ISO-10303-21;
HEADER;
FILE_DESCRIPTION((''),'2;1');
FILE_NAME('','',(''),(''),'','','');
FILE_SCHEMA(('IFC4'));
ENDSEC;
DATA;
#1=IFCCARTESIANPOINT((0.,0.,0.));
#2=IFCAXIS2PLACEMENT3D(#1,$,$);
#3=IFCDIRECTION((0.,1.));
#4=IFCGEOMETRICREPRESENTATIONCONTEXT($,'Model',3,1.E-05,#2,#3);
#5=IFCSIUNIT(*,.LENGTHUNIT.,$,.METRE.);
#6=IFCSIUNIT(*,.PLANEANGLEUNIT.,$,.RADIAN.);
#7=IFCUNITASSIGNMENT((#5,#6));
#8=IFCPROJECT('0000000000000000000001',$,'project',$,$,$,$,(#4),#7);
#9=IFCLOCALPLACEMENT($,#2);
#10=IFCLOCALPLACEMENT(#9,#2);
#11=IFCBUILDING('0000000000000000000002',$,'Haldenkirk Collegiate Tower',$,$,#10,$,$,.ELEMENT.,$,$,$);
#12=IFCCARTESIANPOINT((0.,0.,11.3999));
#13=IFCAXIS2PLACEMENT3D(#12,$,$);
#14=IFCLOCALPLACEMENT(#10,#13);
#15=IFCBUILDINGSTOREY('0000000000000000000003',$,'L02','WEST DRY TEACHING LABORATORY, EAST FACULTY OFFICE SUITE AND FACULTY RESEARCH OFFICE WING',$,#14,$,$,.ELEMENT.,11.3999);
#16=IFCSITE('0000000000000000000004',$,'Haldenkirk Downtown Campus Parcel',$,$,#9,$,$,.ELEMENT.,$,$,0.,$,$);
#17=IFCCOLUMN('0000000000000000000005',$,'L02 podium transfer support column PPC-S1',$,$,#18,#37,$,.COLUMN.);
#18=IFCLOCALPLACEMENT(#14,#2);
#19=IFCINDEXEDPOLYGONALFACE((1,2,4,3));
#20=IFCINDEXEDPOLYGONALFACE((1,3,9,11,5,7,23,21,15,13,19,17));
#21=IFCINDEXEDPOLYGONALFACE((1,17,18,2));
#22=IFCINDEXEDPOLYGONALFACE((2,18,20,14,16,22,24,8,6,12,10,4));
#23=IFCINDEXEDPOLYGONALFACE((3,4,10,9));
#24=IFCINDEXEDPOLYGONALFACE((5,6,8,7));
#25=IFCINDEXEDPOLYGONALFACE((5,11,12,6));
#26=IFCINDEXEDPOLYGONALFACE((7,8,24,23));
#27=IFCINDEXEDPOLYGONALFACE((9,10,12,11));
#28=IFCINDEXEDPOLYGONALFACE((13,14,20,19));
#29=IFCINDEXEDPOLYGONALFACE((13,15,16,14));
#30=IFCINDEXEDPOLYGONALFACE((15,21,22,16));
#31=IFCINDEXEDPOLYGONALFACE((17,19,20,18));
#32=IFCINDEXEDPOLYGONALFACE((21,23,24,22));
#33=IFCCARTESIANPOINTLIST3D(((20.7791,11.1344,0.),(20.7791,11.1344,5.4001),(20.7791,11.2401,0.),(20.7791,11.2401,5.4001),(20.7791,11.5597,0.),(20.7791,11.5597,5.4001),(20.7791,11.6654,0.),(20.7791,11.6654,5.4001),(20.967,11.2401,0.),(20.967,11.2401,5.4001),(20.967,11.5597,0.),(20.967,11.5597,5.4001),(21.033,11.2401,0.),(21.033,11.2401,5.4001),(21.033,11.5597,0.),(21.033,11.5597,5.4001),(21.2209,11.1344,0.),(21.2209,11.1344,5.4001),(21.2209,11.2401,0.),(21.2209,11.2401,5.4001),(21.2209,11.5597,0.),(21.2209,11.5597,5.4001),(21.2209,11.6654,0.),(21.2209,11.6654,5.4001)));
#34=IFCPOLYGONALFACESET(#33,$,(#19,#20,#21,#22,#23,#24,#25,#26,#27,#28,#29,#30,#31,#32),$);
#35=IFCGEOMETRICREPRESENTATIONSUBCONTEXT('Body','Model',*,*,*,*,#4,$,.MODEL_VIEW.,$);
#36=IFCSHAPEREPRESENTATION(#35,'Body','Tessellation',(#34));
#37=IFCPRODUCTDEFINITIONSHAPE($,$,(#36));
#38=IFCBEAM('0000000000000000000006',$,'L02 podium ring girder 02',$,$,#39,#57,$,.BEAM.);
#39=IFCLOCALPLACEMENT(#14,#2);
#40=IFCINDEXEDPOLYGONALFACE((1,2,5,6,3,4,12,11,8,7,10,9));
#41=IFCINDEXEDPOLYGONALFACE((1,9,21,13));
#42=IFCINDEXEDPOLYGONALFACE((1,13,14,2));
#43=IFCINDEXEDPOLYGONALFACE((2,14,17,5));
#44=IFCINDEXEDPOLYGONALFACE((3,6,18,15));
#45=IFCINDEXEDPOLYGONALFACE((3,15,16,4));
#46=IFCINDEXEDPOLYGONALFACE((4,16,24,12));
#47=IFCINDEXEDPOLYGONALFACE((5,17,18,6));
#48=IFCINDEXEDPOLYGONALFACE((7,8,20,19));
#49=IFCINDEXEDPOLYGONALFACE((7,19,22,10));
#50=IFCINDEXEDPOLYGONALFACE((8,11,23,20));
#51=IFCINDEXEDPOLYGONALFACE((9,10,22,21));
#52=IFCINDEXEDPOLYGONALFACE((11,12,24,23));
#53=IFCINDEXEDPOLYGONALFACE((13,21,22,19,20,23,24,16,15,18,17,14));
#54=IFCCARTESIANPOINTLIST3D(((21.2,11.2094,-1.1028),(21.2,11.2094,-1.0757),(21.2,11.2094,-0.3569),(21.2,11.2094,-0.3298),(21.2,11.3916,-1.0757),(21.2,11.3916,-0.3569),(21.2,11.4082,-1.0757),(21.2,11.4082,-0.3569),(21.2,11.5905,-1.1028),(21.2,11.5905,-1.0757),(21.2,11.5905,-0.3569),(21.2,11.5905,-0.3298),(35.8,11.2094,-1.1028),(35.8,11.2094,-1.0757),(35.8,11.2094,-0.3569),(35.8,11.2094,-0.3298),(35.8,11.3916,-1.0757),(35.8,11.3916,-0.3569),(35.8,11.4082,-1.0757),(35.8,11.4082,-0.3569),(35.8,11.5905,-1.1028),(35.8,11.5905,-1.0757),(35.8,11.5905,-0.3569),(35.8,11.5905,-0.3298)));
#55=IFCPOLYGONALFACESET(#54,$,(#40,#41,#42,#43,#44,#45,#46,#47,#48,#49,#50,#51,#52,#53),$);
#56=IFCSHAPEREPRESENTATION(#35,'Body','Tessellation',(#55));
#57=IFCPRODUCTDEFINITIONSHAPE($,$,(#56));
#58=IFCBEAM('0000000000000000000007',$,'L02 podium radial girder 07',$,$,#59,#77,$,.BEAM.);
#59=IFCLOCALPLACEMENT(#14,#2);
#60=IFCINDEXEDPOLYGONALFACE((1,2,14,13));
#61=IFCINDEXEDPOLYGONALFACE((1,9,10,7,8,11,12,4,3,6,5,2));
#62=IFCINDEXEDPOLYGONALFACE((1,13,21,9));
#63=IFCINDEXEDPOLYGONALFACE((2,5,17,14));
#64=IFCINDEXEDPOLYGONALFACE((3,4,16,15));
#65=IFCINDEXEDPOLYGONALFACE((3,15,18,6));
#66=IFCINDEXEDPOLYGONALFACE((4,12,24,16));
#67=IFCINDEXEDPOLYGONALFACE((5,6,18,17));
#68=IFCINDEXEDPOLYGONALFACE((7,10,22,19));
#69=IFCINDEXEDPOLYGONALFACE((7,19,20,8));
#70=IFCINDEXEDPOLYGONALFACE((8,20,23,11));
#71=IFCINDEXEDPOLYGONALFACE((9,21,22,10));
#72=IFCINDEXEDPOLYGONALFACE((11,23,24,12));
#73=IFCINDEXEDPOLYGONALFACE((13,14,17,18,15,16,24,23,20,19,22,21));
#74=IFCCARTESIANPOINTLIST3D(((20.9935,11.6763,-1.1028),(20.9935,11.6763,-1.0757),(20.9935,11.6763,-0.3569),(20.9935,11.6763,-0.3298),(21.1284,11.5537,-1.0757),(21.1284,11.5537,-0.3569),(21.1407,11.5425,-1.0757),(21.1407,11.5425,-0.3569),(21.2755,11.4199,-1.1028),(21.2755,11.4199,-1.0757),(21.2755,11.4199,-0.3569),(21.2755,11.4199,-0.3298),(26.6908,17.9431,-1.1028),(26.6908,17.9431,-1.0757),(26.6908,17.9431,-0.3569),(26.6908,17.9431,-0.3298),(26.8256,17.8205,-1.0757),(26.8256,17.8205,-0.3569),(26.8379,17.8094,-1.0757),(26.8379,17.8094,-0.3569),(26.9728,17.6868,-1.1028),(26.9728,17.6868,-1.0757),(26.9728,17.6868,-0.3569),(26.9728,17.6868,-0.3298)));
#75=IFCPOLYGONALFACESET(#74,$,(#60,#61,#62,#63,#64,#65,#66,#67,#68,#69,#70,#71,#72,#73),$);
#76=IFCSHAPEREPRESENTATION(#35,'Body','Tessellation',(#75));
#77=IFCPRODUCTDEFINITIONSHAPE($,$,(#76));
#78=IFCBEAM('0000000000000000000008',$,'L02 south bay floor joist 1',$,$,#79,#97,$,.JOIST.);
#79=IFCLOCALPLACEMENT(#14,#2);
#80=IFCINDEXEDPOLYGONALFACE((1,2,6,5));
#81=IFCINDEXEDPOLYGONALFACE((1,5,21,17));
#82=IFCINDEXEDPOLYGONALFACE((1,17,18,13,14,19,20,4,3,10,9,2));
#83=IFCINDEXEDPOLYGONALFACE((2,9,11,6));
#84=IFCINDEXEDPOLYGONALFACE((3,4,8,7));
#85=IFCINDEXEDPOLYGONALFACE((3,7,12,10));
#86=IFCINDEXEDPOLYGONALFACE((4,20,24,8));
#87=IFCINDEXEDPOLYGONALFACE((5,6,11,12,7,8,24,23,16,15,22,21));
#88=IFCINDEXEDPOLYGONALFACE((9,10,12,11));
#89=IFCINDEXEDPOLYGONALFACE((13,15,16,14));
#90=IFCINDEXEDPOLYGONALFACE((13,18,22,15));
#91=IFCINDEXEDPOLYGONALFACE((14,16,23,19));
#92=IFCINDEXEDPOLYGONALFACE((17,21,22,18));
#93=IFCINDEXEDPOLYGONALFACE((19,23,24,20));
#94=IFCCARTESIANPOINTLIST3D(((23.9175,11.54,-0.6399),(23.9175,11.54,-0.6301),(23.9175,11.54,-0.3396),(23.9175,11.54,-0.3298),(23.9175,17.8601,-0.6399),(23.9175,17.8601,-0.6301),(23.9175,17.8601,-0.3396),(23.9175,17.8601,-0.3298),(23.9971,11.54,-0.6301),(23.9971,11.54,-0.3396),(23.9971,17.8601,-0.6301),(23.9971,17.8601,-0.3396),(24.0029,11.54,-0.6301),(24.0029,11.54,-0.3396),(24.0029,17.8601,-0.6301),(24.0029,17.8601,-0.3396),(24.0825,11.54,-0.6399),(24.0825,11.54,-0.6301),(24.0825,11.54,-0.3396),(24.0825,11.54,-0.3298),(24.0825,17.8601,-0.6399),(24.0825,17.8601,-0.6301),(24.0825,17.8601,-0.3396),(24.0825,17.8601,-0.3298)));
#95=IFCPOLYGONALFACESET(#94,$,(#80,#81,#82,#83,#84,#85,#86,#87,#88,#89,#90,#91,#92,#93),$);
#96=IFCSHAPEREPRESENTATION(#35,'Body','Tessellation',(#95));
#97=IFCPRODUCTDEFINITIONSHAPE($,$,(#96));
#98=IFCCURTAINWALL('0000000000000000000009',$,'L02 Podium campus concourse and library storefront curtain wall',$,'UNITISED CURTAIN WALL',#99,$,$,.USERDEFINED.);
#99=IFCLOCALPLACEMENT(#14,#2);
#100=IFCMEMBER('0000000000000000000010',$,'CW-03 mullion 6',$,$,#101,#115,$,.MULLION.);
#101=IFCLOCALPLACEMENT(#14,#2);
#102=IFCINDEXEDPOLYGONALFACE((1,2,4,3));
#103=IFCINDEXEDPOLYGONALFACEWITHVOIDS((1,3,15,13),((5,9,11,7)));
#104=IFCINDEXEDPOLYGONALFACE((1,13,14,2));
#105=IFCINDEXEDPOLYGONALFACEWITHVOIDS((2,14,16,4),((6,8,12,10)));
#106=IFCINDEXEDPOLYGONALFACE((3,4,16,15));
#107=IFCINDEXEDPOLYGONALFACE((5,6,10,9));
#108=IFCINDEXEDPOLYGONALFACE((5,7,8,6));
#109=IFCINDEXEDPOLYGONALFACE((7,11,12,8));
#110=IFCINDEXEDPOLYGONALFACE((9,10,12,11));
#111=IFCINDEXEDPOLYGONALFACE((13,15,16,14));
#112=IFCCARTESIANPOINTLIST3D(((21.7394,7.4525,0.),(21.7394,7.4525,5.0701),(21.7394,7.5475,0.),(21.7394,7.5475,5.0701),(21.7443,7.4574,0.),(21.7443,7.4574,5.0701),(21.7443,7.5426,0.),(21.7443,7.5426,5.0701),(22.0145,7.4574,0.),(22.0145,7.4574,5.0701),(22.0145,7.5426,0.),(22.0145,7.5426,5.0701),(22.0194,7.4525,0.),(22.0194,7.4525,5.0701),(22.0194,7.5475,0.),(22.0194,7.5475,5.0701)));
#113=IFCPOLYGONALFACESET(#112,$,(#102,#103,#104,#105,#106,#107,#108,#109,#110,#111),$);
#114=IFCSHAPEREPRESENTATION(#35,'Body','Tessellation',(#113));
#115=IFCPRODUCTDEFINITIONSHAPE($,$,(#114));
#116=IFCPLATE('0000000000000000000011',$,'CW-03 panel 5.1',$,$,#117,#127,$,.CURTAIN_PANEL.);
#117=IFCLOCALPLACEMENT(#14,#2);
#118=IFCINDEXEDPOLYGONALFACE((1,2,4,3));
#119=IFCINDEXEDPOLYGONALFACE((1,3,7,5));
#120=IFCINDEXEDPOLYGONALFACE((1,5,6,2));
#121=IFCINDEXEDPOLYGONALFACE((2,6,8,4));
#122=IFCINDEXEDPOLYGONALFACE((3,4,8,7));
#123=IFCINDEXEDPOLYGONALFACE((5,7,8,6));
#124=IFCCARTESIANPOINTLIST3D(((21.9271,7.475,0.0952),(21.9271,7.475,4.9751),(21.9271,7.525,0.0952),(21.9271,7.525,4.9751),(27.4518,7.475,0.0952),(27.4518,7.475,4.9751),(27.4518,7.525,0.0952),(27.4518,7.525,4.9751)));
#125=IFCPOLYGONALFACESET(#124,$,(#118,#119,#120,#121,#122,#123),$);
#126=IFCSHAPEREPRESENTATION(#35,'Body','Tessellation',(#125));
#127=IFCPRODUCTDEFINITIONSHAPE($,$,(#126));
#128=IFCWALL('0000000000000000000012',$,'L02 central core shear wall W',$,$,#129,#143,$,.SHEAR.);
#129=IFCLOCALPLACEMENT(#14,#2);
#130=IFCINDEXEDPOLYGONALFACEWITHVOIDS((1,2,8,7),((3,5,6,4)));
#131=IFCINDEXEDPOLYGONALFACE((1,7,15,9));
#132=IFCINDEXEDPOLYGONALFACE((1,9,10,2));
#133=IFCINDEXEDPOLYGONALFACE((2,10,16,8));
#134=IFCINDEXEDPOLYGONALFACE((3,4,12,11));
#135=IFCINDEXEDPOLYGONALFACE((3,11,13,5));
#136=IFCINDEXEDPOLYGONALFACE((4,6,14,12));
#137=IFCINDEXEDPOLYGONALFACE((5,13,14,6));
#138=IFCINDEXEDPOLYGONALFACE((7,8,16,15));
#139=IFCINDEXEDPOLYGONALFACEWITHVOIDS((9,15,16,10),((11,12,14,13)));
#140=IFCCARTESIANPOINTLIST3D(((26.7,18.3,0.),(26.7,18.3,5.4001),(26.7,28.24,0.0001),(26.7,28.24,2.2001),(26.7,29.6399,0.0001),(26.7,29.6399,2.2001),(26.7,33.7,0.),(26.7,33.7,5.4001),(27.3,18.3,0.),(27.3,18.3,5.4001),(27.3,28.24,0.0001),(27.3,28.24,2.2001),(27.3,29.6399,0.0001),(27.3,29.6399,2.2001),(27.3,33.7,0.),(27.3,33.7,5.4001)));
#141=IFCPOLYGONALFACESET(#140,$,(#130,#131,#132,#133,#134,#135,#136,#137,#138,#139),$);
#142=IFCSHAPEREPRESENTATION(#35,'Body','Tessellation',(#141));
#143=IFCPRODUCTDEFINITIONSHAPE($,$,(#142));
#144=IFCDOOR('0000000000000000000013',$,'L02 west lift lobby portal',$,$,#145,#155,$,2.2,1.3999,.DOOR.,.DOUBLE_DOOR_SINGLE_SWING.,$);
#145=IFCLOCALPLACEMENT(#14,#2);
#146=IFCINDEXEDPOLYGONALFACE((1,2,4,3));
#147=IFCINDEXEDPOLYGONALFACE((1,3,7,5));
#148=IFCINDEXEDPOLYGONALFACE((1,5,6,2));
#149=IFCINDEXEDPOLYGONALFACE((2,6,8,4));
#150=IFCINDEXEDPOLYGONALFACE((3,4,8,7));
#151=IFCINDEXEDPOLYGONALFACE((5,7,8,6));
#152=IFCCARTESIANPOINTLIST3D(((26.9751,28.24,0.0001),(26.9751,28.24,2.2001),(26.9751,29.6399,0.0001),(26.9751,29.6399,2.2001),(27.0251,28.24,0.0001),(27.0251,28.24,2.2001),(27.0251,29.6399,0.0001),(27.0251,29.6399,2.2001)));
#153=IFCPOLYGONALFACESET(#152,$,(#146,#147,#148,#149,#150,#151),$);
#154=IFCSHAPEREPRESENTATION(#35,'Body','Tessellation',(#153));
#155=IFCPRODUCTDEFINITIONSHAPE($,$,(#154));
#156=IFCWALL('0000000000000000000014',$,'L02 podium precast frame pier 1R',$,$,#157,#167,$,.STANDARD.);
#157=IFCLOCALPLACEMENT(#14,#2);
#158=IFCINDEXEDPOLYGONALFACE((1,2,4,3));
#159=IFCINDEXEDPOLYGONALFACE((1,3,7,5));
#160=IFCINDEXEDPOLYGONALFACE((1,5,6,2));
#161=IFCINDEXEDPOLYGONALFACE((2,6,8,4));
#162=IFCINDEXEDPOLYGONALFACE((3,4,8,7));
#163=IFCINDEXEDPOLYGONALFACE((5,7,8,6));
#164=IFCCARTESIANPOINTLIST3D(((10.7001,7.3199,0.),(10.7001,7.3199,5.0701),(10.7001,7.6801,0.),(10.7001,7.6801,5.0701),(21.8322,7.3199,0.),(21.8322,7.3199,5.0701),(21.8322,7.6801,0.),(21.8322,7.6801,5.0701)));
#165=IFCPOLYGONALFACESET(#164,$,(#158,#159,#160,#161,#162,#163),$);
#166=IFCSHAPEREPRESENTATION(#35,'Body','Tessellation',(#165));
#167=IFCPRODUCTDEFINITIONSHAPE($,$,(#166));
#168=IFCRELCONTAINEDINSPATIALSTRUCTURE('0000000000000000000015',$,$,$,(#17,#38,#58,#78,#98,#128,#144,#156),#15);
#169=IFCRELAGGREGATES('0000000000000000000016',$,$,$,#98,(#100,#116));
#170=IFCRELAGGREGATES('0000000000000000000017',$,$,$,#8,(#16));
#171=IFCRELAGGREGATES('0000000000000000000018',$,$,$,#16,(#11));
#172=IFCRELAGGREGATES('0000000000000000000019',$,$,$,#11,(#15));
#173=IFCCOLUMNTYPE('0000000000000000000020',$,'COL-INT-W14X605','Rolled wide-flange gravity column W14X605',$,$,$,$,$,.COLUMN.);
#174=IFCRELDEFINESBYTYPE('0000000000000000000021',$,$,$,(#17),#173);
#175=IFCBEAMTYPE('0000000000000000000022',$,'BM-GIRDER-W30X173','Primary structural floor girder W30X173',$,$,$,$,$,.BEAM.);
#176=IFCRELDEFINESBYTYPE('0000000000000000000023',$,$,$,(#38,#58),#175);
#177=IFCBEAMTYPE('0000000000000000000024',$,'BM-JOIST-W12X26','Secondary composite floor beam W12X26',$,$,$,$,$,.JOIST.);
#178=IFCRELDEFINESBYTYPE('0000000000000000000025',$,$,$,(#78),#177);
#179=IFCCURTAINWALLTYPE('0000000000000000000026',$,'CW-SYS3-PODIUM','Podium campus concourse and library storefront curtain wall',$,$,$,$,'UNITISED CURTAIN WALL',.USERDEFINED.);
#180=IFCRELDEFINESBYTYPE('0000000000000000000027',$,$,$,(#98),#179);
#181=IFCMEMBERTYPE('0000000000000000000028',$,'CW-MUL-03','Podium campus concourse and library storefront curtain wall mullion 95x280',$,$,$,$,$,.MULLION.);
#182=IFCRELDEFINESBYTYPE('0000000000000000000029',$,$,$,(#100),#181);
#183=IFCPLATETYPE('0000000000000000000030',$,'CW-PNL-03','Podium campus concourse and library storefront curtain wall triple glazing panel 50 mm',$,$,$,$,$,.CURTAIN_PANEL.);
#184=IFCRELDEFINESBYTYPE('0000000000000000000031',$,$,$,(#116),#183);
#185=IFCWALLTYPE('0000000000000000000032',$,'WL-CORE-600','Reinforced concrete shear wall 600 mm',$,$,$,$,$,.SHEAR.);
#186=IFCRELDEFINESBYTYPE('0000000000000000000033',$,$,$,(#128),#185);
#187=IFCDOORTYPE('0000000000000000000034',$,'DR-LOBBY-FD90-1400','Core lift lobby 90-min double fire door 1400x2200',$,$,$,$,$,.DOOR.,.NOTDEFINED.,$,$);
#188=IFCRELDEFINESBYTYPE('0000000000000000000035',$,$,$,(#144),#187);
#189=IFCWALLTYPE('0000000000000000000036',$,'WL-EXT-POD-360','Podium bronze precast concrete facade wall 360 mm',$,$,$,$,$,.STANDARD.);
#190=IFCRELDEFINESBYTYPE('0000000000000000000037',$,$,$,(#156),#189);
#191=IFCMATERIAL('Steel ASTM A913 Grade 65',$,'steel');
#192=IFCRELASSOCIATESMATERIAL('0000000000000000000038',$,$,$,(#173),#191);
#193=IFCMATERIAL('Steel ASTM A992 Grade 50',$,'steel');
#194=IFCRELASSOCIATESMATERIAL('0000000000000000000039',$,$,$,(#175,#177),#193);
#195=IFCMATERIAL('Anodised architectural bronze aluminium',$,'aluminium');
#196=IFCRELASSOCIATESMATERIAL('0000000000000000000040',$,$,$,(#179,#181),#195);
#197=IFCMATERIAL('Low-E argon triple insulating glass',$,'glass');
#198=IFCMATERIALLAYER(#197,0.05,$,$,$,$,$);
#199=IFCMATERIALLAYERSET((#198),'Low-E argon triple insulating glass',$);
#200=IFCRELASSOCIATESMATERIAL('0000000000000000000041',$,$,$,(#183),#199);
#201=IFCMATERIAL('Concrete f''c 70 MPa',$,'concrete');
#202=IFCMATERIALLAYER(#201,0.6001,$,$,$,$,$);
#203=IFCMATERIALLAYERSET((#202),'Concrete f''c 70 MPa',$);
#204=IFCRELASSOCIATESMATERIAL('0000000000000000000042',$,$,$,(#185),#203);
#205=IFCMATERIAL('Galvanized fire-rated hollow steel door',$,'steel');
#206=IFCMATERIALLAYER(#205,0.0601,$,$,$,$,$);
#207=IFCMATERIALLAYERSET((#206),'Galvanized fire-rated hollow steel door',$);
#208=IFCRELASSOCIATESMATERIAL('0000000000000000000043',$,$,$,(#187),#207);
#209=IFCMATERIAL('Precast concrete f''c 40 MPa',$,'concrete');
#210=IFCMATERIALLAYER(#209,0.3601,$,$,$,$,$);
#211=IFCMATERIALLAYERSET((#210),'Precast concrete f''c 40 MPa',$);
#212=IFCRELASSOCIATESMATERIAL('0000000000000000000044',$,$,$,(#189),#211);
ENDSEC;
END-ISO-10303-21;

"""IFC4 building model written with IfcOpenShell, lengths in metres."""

from ifc_helpers import new_model, si_unit, direction, frame, frame_2d, origin, origin_2d, place, context, subcontext, project, spatial, rectangle, hollow_rectangle, i_section, extrude, source, transform, mapped, material, layer, layer_set, material_profile, profile_set, type_object, element, fill, aggregate, save


model = new_model("IFC4")

# Units and contexts
model_context = context("Model", 3, precision=1e-05, world=origin(), true_north=direction((0.0, 1.0)))
body_context = subcontext(model_context, "Body", "Model", "MODEL_VIEW")
ifc_project = project(units=[si_unit("LENGTHUNIT", "METRE"), si_unit("PLANEANGLEUNIT", "RADIAN")], contexts=[model_context])

# Site, building, storey
site_placement = place(None, origin())
site = spatial("IfcSite", under=ifc_project, at=site_placement, Name="Haldenkirk Downtown Campus Parcel", CompositionType="ELEMENT", RefElevation=0.0)
building_placement = place(site_placement, origin())
building = spatial("IfcBuilding", under=site, at=building_placement, Name="Haldenkirk Collegiate Tower", CompositionType="ELEMENT")
storey_placement = place(building_placement, frame((0.0, 0.0, 11.3999)))
storey = spatial("IfcBuildingStorey", under=building, at=storey_placement, Name="L02", Description="WEST DRY TEACHING LABORATORY, EAST FACULTY OFFICE SUITE AND FACULTY RESEARCH OFFICE WING", CompositionType="ELEMENT", Elevation=11.3999)

# Column
ifc_material_1 = material(Name="Steel ASTM A913 Grade 65", Category="steel")
ifc_material_profile_1 = material_profile(ifc_material_1, i_section(OverallWidth=0.4419, OverallDepth=0.531, WebThickness=0.0659, FlangeThickness=0.1057, at=origin_2d()), Name="W14X605")
ifc_profile_set_1 = profile_set([ifc_material_profile_1], Name="Steel ASTM A913 Grade 65")
column_type = type_object("IfcColumnType", Name="COL-INT-W14X605", Description="Rolled wide-flange gravity column W14X605", PredefinedType="COLUMN", material=ifc_profile_set_1)
column_placement = place(storey_placement, frame((21.0, 11.3999, 0.0), z_axis=(0.0, 0.0, 1.0), x_axis=(1.0, 0.0, 0.0)))
element("IfcColumn", 1, at=column_placement, inside=storey, type_object=column_type, Name="L02 podium transfer support column PPC-S1", PredefinedType="COLUMN", context=body_context, shape_type="SweptSolid", body=[
    extrude(i_section(OverallWidth=0.4419, OverallDepth=0.531, WebThickness=0.0659, FlangeThickness=0.1057, at=origin_2d()), origin(), (0.0, 0.0, 1.0), 5.4001),
])

# Beams
ifc_material_2 = material(Name="Steel ASTM A992 Grade 50", Category="steel")
ifc_material_profile_2 = material_profile(ifc_material_2, i_section(OverallWidth=0.3811, OverallDepth=0.7729, WebThickness=0.0166, FlangeThickness=0.0271, at=origin_2d()), Name="W30X173")
ifc_profile_set_2 = profile_set([ifc_material_profile_2], Name="Steel ASTM A992 Grade 50")
beam_type_1 = type_object("IfcBeamType", Name="BM-GIRDER-W30X173", Description="Primary structural floor girder W30X173", PredefinedType="BEAM", material=ifc_profile_set_2)
beam_1_placement = place(storey_placement, frame((21.2, 11.3999, -0.7163), z_axis=(1.0, 0.0, 0.0), x_axis=(0.0, 1.0, 0.0)))
element("IfcBeam", 2, at=beam_1_placement, inside=storey, type_object=beam_type_1, Name="L02 podium ring girder 02", PredefinedType="BEAM", context=body_context, shape_type="SweptSolid", body=[
    extrude(i_section(OverallWidth=0.3811, OverallDepth=0.7729, WebThickness=0.0166, FlangeThickness=0.0271, at=origin_2d()), origin(), (0.0, 0.0, 1.0), 14.6001),
])
beam_2_placement = place(storey_placement, frame((21.1345, 11.5481, -0.7163), z_axis=(0.672681, 0.739932, 0.0), x_axis=(-0.739932, 0.672681, 0.0)))
element("IfcBeam", 3, at=beam_2_placement, inside=storey, type_object=beam_type_1, Name="L02 podium radial girder 07", PredefinedType="BEAM", context=body_context, shape_type="SweptSolid", body=[
    extrude(i_section(OverallWidth=0.3811, OverallDepth=0.7729, WebThickness=0.0166, FlangeThickness=0.0271, at=origin_2d()), origin(), (0.0, 0.0, 1.0), 8.4695),
])
ifc_material_profile_3 = material_profile(ifc_material_2, i_section(OverallWidth=0.165, OverallDepth=0.3101, WebThickness=0.0059, FlangeThickness=0.0098, at=origin_2d()), Name="W12X26")
ifc_profile_set_3 = profile_set([ifc_material_profile_3], Name="Steel ASTM A992 Grade 50")
beam_type_2 = type_object("IfcBeamType", Name="BM-JOIST-W12X26", Description="Secondary composite floor beam W12X26", PredefinedType="JOIST", material=ifc_profile_set_3)
beam_3_placement = place(storey_placement, frame((24.0, 11.54, -0.4849), z_axis=(0.0, 1.0, 0.0), x_axis=(-1.0, 0.0, 0.0)))
element("IfcBeam", 4, at=beam_3_placement, inside=storey, type_object=beam_type_2, Name="L02 south bay floor joist 1", PredefinedType="JOIST", context=body_context, shape_type="SweptSolid", body=[
    extrude(i_section(OverallWidth=0.165, OverallDepth=0.3101, WebThickness=0.0059, FlangeThickness=0.0098, at=origin_2d()), origin(), (0.0, 0.0, 1.0), 6.3201),
])

# Curtain wall, member, plate
ifc_material_3 = material(Name="Anodised architectural bronze aluminium", Category="aluminium")
curtain_wall_type = type_object("IfcCurtainWallType", Name="CW-SYS3-PODIUM", Description="Podium campus concourse and library storefront curtain wall", ElementType="UNITISED CURTAIN WALL", PredefinedType="USERDEFINED", material=ifc_material_3)
curtain_wall_placement = place(storey_placement, origin())
curtain_wall = element("IfcCurtainWall", 5, at=curtain_wall_placement, inside=storey, type_object=curtain_wall_type, Name="L02 Podium campus concourse and library storefront curtain wall", ObjectType="UNITISED CURTAIN WALL", PredefinedType="USERDEFINED")
ifc_material_profile_4 = material_profile(ifc_material_3, hollow_rectangle(XDim=0.095, YDim=0.28, WallThickness=0.0049, at=origin_2d()), Name="CW-MUL-03")
ifc_profile_set_4 = profile_set([ifc_material_profile_4], Name="Anodised architectural bronze aluminium")
member_type = type_object("IfcMemberType", Name="CW-MUL-03", Description="Podium campus concourse and library storefront curtain wall mullion 95x280", PredefinedType="MULLION", material=ifc_profile_set_4)
member_placement = place(storey_placement, frame((21.8794, 7.5, 0.0), z_axis=(0.0, 0.0, 1.0), x_axis=(0.0, -1.0, 0.0)))
member = element("IfcMember", 6, at=member_placement, type_object=member_type, Name="CW-03 mullion 6", PredefinedType="MULLION", context=body_context, shape_type="SweptSolid", body=[
    extrude(hollow_rectangle(XDim=0.095, YDim=0.28, WallThickness=0.0049, at=origin_2d()), origin(), (0.0, 0.0, 1.0), 5.0701),
])
ifc_material_4 = material(Name="Low-E argon triple insulating glass", Category="glass")
ifc_layer_1 = layer(ifc_material_4, 0.05)
ifc_layer_set_1 = layer_set([ifc_layer_1], Name="Low-E argon triple insulating glass")
plate_type = type_object("IfcPlateType", Name="CW-PNL-03", Description="Podium campus concourse and library storefront curtain wall triple glazing panel 50 mm", PredefinedType="CURTAIN_PANEL", material=ifc_layer_set_1)
shared_shape_1 = source(origin(), body_context, "Body", "SweptSolid", [
    extrude(rectangle(XDim=5.5247, YDim=0.05, at=origin_2d()), origin(), (0.0, 0.0, 1.0), 4.8799),
])
plate_placement = place(storey_placement, frame((24.6895, 7.5, 0.0952), z_axis=(0.0, 0.0, 1.0), x_axis=(-1.0, 0.0, 0.0)))
plate = element("IfcPlate", 7, at=plate_placement, type_object=plate_type, Name="CW-03 panel 5.1", PredefinedType="CURTAIN_PANEL", context=body_context, shape_type="MappedRepresentation", body=[
    mapped(shared_shape_1, transform((0.0, 0.0, 0.0), x_axis=(1.0, 0.0, 0.0), y_axis=(0.0, 1.0, 0.0), z_axis=(0.0, 0.0, 1.0), scale=1.0)),
])
aggregate(curtain_wall, [member, plate])

# Shared definitions
ifc_material_5 = material(Name="Concrete f'c 70 MPa", Category="concrete")
ifc_layer_2 = layer(ifc_material_5, 0.6001)
ifc_layer_set_2 = layer_set([ifc_layer_2], Name="Concrete f'c 70 MPa")
wall_type_1 = type_object("IfcWallType", Name="WL-CORE-600", Description="Reinforced concrete shear wall 600 mm", PredefinedType="SHEAR", material=ifc_layer_set_2)
ifc_material_6 = material(Name="Galvanized fire-rated hollow steel door", Category="steel")

# Wall, opening, door
wall_1_placement = place(storey_placement, frame((27.0, 18.3, 0.0), z_axis=(0.0, 0.0, 1.0), x_axis=(0.0, 1.0, 0.0)))
wall_1 = element("IfcWall", 8, at=wall_1_placement, inside=storey, type_object=wall_type_1, Name="L02 central core shear wall W", PredefinedType="SHEAR", context=body_context, shape_type="SweptSolid", body=[
    extrude(rectangle(XDim=15.3999, YDim=0.6001, at=frame_2d((7.7, 0.0))), origin(), (0.0, 0.0, 1.0), 5.4001),
])
opening_1_placement = place(wall_1_placement, frame((9.9399, 0.0, 0.0)))
opening_1 = element("IfcOpeningElement", 9, at=opening_1_placement, cuts=wall_1, PredefinedType="OPENING", context=body_context, shape_type="SweptSolid", body=[
    extrude(rectangle(XDim=1.3999, YDim=2.2, at=frame_2d((0.7, 1.1001))), frame((0.0, 0.3101, 0.0), z_axis=(0.0, -1.0, 0.0), x_axis=(1.0, 0.0, 0.0)), (0.0, 0.0, 1.0), 0.6201),
])
ifc_layer_3 = layer(ifc_material_6, 0.0601)
ifc_layer_set_3 = layer_set([ifc_layer_3], Name="Galvanized fire-rated hollow steel door")
door_type_1 = type_object("IfcDoorType", Name="DR-LOBBY-FD90-1400", Description="Core lift lobby 90-min double fire door 1400x2200", OperationType="NOTDEFINED", PredefinedType="DOOR", material=ifc_layer_set_3)
door_1_placement = place(opening_1_placement, origin())
door_1 = element("IfcDoor", 10, at=door_1_placement, inside=storey, type_object=door_type_1, Name="L02 west lift lobby portal", OperationType="DOUBLE_DOOR_SINGLE_SWING", OverallHeight=2.2, OverallWidth=1.3999, PredefinedType="DOOR", context=body_context, shape_type="SweptSolid", body=[
    extrude(rectangle(XDim=1.3999, YDim=2.2, at=frame_2d((0.7, 1.1001))), frame((0.0, 0.0249, 0.0), z_axis=(0.0, -1.0, 0.0), x_axis=(1.0, 0.0, 0.0)), (0.0, 0.0, 1.0), 0.05),
])
fill(opening_1, door_1)

# Wall
ifc_material_7 = material(Name="Precast concrete f'c 40 MPa", Category="concrete")
ifc_layer_4 = layer(ifc_material_7, 0.3601)
ifc_layer_set_4 = layer_set([ifc_layer_4], Name="Precast concrete f'c 40 MPa")
wall_type_2 = type_object("IfcWallType", Name="WL-EXT-POD-360", Description="Podium bronze precast concrete facade wall 360 mm", PredefinedType="STANDARD", material=ifc_layer_set_4)
wall_2_placement = place(storey_placement, frame((21.832, 7.5, 0.0), z_axis=(0.0, 0.0, 1.0), x_axis=(-1.0, 0.0, 0.0)))
element("IfcWall", 11, at=wall_2_placement, inside=storey, type_object=wall_type_2, Name="L02 podium precast frame pier 1R", PredefinedType="STANDARD", context=body_context, shape_type="SweptSolid", body=[
    extrude(rectangle(XDim=11.1321, YDim=0.3601, at=frame_2d((5.5659, 0.0))), origin(), (0.0, 0.0, 1.0), 5.0701),
])

save(model, "model.ifc")
